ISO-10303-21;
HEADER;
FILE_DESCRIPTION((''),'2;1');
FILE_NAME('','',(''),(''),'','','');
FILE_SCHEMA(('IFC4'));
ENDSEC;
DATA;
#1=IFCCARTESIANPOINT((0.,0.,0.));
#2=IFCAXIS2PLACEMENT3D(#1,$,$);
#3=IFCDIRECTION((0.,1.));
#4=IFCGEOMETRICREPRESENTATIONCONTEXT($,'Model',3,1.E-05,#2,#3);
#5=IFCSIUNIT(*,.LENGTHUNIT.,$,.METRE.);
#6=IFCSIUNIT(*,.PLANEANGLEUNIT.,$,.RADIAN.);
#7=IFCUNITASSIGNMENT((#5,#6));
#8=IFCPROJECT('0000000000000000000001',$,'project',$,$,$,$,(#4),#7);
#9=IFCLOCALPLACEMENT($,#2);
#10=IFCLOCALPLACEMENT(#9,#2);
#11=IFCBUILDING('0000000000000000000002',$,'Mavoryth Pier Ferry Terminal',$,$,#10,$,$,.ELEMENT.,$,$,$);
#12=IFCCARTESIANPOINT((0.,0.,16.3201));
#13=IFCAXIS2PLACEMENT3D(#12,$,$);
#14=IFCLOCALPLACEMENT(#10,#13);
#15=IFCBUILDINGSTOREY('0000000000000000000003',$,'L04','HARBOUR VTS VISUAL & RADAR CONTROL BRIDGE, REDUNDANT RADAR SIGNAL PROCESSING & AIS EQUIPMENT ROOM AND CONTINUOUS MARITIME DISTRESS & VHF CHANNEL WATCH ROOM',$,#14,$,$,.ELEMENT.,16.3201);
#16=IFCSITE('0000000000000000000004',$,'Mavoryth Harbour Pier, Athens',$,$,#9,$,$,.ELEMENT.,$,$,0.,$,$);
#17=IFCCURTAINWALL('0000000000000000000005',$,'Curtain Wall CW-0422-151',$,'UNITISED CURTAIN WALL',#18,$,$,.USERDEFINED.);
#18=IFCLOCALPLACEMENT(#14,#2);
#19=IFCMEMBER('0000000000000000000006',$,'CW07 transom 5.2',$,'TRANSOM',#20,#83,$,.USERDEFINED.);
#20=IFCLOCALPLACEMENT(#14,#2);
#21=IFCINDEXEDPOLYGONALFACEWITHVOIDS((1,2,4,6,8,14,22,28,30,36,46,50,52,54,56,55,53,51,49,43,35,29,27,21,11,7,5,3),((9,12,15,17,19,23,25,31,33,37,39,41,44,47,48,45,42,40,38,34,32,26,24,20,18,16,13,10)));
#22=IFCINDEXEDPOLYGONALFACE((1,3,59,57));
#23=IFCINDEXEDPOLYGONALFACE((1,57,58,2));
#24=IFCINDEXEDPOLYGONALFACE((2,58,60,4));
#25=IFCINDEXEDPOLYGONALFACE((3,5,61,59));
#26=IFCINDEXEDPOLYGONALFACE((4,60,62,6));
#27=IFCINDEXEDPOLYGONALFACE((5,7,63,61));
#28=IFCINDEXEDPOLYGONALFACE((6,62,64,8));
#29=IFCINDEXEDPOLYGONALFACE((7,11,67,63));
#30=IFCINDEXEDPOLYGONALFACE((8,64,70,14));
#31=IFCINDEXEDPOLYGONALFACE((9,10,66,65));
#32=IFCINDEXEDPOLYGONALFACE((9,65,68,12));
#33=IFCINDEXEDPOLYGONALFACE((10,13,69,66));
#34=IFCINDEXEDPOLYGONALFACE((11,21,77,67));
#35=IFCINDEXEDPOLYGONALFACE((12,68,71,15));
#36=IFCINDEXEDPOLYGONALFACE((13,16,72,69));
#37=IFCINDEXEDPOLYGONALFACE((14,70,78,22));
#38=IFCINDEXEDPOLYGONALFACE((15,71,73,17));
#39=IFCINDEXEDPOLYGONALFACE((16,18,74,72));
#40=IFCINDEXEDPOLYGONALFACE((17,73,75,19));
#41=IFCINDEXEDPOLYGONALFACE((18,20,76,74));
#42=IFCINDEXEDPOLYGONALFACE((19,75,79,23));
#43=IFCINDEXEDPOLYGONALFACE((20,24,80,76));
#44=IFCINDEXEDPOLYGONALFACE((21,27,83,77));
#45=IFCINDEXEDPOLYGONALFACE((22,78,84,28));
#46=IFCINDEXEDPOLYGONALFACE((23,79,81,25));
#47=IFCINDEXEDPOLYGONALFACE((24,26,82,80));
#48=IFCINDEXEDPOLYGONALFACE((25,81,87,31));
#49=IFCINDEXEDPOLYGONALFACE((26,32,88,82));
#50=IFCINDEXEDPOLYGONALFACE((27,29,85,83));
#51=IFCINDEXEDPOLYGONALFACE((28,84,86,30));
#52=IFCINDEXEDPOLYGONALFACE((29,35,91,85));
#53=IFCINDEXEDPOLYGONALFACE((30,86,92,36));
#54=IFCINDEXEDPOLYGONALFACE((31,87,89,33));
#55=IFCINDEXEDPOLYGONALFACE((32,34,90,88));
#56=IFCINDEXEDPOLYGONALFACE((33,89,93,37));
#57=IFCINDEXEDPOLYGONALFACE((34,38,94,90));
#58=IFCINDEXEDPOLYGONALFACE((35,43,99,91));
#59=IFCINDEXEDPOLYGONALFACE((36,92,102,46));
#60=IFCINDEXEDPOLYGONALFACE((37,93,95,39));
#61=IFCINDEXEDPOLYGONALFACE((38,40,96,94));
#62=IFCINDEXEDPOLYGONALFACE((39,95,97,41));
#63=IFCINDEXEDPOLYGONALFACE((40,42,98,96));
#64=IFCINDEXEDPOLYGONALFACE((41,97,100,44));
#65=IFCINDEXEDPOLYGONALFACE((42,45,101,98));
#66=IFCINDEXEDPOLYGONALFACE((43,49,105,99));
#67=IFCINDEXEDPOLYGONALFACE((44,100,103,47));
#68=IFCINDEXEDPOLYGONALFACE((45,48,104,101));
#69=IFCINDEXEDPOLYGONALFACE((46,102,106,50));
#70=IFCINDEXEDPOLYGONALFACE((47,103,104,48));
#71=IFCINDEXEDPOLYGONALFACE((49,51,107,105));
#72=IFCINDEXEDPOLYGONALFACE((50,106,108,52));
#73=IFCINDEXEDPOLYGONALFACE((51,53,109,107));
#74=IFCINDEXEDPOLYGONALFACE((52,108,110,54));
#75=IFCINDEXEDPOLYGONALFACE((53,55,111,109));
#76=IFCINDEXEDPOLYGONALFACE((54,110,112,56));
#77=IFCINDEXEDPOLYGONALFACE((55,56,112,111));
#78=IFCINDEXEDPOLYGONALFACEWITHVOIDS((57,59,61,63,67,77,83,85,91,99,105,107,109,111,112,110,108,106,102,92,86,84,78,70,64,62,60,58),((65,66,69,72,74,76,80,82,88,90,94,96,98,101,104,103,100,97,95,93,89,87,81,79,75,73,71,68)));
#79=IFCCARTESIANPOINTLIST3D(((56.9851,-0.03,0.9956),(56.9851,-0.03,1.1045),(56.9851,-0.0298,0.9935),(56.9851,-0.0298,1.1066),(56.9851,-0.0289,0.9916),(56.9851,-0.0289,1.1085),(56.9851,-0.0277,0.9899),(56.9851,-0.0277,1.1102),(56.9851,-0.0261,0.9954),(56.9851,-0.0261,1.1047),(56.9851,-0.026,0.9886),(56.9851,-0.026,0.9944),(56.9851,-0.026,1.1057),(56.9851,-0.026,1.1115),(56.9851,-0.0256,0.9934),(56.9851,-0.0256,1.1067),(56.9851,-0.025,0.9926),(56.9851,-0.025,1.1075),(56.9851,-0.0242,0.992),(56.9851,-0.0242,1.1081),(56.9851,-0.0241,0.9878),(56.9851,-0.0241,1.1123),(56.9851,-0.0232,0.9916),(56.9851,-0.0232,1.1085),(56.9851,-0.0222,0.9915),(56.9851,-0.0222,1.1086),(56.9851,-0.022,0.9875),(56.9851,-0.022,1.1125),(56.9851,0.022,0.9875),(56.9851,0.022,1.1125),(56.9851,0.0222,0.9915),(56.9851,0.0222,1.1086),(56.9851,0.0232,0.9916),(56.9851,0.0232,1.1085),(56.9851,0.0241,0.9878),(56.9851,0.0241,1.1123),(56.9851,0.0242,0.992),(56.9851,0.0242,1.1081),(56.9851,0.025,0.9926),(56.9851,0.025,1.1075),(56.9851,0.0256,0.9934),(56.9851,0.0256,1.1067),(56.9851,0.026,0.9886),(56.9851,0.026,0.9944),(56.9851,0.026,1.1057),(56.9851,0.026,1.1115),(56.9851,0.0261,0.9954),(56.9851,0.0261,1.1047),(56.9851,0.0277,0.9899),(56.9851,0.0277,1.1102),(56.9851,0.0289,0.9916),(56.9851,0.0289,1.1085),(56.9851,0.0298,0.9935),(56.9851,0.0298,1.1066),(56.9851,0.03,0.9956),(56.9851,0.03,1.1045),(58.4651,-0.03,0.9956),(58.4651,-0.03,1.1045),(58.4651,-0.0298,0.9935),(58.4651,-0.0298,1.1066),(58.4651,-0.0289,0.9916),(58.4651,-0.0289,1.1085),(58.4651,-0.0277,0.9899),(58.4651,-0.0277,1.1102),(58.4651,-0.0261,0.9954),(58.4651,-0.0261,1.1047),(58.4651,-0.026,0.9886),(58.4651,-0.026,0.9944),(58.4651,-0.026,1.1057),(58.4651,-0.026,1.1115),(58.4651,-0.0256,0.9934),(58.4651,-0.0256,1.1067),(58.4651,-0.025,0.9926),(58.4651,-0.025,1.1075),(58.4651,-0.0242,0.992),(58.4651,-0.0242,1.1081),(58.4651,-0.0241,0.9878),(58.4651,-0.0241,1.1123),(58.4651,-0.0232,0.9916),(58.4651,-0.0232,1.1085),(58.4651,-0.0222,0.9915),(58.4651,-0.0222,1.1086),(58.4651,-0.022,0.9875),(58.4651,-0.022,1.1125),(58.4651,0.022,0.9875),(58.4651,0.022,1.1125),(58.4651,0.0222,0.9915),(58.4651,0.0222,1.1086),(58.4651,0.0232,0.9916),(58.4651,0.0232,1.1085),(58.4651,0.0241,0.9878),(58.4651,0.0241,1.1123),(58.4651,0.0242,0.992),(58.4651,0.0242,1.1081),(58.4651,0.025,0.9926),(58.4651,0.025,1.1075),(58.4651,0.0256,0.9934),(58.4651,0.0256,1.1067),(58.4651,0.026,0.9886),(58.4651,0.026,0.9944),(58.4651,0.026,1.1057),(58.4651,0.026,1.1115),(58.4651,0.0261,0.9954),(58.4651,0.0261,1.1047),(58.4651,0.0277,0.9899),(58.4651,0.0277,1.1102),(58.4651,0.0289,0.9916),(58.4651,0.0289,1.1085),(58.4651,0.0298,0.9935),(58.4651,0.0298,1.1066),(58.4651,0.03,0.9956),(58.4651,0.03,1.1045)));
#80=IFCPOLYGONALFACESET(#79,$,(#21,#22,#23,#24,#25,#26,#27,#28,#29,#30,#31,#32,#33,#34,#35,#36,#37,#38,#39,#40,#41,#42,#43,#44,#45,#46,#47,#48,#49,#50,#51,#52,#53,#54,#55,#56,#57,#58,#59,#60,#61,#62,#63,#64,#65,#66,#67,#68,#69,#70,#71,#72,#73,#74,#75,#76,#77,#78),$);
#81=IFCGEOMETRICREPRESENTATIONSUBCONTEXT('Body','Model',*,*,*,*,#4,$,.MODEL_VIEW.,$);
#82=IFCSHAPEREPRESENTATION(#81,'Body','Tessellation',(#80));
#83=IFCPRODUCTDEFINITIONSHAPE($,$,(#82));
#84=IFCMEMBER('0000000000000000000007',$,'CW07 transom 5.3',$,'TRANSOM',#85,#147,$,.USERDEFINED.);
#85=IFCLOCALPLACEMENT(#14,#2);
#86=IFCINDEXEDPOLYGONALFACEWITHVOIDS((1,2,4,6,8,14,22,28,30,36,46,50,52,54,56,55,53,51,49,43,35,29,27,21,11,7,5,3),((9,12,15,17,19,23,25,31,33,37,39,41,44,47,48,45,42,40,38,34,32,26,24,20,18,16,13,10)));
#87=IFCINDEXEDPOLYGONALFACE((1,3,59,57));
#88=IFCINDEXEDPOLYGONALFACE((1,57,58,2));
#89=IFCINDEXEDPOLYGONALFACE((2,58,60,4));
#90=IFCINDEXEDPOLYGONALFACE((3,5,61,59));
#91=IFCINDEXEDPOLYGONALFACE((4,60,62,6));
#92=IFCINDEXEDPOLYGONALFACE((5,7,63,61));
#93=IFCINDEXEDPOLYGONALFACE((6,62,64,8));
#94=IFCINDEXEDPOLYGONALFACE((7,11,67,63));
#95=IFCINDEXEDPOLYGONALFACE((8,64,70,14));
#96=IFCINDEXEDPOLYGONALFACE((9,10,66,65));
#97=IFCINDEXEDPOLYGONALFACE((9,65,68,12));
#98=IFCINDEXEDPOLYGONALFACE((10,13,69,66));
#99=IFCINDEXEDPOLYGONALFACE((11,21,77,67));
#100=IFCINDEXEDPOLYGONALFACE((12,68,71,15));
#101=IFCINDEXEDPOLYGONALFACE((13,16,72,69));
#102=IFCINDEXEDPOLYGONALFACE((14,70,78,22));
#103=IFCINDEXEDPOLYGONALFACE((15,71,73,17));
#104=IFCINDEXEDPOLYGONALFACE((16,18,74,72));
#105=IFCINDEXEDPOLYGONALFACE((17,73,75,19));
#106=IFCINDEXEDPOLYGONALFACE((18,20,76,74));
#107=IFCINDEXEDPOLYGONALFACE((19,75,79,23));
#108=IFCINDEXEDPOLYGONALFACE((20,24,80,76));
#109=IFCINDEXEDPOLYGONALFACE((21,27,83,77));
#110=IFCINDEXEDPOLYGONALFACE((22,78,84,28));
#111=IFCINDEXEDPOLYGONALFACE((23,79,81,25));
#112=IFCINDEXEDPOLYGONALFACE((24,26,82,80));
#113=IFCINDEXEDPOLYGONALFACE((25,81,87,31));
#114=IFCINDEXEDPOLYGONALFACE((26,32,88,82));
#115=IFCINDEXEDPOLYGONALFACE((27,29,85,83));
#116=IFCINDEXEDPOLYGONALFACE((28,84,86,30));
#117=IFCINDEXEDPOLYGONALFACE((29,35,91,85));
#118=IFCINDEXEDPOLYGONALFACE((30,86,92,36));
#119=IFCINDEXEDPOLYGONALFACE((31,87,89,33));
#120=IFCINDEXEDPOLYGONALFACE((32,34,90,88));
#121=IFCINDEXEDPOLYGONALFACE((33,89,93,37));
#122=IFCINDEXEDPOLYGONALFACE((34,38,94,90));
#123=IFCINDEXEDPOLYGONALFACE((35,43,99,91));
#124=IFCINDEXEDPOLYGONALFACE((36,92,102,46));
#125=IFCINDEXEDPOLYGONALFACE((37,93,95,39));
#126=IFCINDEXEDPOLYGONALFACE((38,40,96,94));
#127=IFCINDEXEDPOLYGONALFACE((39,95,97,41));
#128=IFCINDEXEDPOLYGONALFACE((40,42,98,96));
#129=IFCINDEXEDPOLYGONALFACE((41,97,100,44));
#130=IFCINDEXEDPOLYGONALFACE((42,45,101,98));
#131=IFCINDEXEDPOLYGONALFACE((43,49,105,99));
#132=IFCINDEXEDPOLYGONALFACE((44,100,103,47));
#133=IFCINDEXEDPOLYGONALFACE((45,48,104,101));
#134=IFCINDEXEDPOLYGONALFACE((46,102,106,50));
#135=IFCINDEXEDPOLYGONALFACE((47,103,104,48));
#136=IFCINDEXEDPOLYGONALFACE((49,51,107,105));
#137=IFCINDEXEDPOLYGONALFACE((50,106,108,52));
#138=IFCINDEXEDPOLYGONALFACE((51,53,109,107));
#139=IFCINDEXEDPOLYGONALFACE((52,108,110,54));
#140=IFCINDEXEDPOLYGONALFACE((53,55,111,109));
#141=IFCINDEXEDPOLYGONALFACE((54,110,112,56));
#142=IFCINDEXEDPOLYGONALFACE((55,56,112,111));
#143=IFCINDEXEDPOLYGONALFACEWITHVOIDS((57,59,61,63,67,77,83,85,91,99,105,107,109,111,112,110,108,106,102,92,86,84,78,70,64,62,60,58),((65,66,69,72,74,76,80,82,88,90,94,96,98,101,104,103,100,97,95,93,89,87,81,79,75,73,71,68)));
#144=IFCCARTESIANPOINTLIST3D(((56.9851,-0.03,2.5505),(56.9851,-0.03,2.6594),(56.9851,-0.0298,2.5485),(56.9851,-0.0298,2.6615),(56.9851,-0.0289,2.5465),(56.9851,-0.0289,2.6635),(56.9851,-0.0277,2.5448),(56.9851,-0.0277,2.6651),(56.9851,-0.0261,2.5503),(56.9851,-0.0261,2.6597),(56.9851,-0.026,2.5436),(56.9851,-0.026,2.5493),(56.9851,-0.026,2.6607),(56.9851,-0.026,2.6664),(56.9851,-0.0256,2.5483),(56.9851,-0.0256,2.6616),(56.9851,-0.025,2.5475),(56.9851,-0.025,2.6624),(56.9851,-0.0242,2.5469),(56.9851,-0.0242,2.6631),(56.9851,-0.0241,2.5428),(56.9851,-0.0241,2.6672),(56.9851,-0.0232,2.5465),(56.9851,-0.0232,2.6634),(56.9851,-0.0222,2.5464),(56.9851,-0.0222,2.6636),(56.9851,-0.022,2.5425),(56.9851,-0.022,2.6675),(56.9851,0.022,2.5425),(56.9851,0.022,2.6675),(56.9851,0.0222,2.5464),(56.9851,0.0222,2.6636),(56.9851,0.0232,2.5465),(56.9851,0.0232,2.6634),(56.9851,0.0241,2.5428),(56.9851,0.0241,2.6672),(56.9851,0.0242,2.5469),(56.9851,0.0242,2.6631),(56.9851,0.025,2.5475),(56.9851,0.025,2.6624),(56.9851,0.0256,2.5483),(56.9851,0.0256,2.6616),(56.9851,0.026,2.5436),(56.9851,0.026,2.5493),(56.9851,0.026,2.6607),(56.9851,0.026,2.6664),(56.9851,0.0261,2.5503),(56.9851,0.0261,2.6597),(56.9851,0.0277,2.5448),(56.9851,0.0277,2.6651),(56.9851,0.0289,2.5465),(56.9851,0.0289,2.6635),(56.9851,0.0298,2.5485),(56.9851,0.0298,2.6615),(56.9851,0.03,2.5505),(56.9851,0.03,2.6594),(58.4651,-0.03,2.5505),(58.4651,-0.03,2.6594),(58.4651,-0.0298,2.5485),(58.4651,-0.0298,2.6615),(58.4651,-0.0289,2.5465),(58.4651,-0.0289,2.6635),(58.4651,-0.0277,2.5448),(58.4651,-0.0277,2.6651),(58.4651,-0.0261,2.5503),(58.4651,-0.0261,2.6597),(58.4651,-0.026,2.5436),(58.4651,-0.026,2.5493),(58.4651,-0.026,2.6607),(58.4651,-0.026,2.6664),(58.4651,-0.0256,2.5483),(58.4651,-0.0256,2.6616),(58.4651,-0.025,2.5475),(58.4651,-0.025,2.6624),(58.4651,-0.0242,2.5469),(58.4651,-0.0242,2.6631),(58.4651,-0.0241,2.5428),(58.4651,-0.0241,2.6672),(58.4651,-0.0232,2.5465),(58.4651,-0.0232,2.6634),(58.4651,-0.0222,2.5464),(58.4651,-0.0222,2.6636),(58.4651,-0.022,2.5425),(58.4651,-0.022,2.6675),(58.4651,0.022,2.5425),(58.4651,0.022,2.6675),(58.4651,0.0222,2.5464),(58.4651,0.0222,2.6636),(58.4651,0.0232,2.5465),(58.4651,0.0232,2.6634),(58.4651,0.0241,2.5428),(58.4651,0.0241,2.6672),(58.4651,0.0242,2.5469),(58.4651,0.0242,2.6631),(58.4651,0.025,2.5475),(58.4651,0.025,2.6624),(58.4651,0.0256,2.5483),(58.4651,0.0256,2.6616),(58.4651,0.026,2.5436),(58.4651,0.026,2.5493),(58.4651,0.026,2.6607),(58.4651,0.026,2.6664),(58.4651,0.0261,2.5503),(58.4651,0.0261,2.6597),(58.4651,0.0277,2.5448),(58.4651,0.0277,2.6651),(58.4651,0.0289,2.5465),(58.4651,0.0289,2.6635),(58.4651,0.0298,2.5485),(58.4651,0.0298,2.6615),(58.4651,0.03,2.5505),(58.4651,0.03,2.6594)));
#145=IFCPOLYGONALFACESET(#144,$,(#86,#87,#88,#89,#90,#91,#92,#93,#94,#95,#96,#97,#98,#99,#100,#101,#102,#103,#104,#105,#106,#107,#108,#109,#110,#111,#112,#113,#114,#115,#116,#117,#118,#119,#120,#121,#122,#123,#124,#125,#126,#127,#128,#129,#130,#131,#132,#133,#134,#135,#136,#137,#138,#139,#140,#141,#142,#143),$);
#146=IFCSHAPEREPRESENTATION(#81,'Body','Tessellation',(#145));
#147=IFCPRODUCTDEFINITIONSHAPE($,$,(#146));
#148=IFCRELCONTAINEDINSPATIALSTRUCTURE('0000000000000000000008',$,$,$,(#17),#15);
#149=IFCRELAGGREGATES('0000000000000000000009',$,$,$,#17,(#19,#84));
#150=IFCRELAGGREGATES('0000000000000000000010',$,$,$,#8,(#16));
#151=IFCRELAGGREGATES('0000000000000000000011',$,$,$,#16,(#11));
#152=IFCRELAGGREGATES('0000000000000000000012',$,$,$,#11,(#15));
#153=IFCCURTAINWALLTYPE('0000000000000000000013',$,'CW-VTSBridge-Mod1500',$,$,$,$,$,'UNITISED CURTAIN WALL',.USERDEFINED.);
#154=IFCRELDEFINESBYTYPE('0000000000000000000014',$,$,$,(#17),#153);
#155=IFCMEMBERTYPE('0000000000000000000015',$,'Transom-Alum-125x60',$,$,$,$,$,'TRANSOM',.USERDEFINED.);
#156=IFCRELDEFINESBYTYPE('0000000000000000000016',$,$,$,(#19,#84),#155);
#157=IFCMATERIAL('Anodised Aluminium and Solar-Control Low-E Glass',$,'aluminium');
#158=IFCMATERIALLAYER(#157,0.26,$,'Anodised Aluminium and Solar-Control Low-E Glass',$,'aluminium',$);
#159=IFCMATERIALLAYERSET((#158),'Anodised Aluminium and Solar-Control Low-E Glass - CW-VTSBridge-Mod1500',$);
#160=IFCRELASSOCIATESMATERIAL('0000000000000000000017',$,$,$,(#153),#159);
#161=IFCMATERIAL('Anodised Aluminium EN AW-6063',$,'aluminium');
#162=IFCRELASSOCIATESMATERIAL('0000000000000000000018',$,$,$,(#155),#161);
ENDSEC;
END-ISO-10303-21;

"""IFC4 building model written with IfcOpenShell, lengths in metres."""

from ifc_helpers import new_model, si_unit, direction, frame, origin, origin_2d, place, context, subcontext, project, spatial, hollow_rectangle, extrude, material, layer, layer_set, material_profile, profile_set, type_object, element, aggregate, save


model = new_model("IFC4")

# Units and contexts
model_context = context("Model", 3, precision=1e-05, world=origin(), true_north=direction((0.0, 1.0)))
body_context = subcontext(model_context, "Body", "Model", "MODEL_VIEW")
ifc_project = project(units=[si_unit("LENGTHUNIT", "METRE"), si_unit("PLANEANGLEUNIT", "RADIAN")], contexts=[model_context])

# Site, building, storey
site_placement = place(None, origin())
site = spatial("IfcSite", under=ifc_project, at=site_placement, Name="Mavoryth Harbour Pier, Athens", CompositionType="ELEMENT", RefElevation=0.0)
building_placement = place(site_placement, origin())
building = spatial("IfcBuilding", under=site, at=building_placement, Name="Mavoryth Pier Ferry Terminal", CompositionType="ELEMENT")
storey_placement = place(building_placement, frame((0.0, 0.0, 16.3201)))
storey = spatial("IfcBuildingStorey", under=building, at=storey_placement, Name="L04", Description="HARBOUR VTS VISUAL & RADAR CONTROL BRIDGE, REDUNDANT RADAR SIGNAL PROCESSING & AIS EQUIPMENT ROOM AND CONTINUOUS MARITIME DISTRESS & VHF CHANNEL WATCH ROOM", CompositionType="ELEMENT", Elevation=16.3201)

# Curtain wall
ifc_material_1 = material(Name="Anodised Aluminium and Solar-Control Low-E Glass", Category="aluminium")
ifc_layer_1 = layer(ifc_material_1, 0.26, Name="Anodised Aluminium and Solar-Control Low-E Glass", Category="aluminium")
ifc_layer_set_1 = layer_set([ifc_layer_1], Name="Anodised Aluminium and Solar-Control Low-E Glass - CW-VTSBridge-Mod1500")
curtain_wall_type = type_object("IfcCurtainWallType", Name="CW-VTSBridge-Mod1500", ElementType="UNITISED CURTAIN WALL", PredefinedType="USERDEFINED", material=ifc_layer_set_1)
curtain_wall_1_placement = place(storey_placement, origin())
curtain_wall_1 = element("IfcCurtainWall", 1, at=curtain_wall_1_placement, inside=storey, type_object=curtain_wall_type, Name="Curtain Wall CW-0422-151", ObjectType="UNITISED CURTAIN WALL", PredefinedType="USERDEFINED")
ifc_material_2 = material(Name="Anodised Aluminium EN AW-6063", Category="aluminium")

# Members
ifc_material_profile_1 = material_profile(ifc_material_2, hollow_rectangle(XDim=0.0601, YDim=0.125, WallThickness=0.0039, InnerFilletRadius=0.0039, OuterFilletRadius=0.0081, at=origin_2d()), Name="AL-TRAN 125x60x4", Category="aluminium")
ifc_profile_set_1 = profile_set([ifc_material_profile_1], Name="Anodised Aluminium EN AW-6063 - AL-TRAN 125x60x4")
member_type_1 = type_object("IfcMemberType", Name="Transom-Alum-125x60", ElementType="TRANSOM", PredefinedType="USERDEFINED", material=ifc_profile_set_1)
member_1_placement = place(storey_placement, frame((56.9851, 0.0, 1.05), z_axis=(1.0, 0.0, 0.0), x_axis=(0.0, 1.0, 0.0)))
member_1 = element("IfcMember", 2, at=member_1_placement, type_object=member_type_1, Name="CW07 transom 5.2", ObjectType="TRANSOM", PredefinedType="USERDEFINED", context=body_context, shape_type="SweptSolid", body=[
    extrude(hollow_rectangle(XDim=0.0601, YDim=0.125, WallThickness=0.0039, InnerFilletRadius=0.0039, OuterFilletRadius=0.0081, at=origin_2d()), origin(), (0.0, 0.0, 1.0), 1.48),
])
member_2_placement = place(storey_placement, frame((56.9851, 0.0, 2.605), z_axis=(1.0, 0.0, 0.0), x_axis=(0.0, 1.0, 0.0)))
member_2 = element("IfcMember", 3, at=member_2_placement, type_object=member_type_1, Name="CW07 transom 5.3", ObjectType="TRANSOM", PredefinedType="USERDEFINED", context=body_context, shape_type="SweptSolid", body=[
    extrude(hollow_rectangle(XDim=0.0601, YDim=0.125, WallThickness=0.0039, InnerFilletRadius=0.0039, OuterFilletRadius=0.0081, at=origin_2d()), origin(), (0.0, 0.0, 1.0), 1.48),
])

aggregate(curtain_wall_1, [member_1, member_2])

save(model, "model.ifc")
